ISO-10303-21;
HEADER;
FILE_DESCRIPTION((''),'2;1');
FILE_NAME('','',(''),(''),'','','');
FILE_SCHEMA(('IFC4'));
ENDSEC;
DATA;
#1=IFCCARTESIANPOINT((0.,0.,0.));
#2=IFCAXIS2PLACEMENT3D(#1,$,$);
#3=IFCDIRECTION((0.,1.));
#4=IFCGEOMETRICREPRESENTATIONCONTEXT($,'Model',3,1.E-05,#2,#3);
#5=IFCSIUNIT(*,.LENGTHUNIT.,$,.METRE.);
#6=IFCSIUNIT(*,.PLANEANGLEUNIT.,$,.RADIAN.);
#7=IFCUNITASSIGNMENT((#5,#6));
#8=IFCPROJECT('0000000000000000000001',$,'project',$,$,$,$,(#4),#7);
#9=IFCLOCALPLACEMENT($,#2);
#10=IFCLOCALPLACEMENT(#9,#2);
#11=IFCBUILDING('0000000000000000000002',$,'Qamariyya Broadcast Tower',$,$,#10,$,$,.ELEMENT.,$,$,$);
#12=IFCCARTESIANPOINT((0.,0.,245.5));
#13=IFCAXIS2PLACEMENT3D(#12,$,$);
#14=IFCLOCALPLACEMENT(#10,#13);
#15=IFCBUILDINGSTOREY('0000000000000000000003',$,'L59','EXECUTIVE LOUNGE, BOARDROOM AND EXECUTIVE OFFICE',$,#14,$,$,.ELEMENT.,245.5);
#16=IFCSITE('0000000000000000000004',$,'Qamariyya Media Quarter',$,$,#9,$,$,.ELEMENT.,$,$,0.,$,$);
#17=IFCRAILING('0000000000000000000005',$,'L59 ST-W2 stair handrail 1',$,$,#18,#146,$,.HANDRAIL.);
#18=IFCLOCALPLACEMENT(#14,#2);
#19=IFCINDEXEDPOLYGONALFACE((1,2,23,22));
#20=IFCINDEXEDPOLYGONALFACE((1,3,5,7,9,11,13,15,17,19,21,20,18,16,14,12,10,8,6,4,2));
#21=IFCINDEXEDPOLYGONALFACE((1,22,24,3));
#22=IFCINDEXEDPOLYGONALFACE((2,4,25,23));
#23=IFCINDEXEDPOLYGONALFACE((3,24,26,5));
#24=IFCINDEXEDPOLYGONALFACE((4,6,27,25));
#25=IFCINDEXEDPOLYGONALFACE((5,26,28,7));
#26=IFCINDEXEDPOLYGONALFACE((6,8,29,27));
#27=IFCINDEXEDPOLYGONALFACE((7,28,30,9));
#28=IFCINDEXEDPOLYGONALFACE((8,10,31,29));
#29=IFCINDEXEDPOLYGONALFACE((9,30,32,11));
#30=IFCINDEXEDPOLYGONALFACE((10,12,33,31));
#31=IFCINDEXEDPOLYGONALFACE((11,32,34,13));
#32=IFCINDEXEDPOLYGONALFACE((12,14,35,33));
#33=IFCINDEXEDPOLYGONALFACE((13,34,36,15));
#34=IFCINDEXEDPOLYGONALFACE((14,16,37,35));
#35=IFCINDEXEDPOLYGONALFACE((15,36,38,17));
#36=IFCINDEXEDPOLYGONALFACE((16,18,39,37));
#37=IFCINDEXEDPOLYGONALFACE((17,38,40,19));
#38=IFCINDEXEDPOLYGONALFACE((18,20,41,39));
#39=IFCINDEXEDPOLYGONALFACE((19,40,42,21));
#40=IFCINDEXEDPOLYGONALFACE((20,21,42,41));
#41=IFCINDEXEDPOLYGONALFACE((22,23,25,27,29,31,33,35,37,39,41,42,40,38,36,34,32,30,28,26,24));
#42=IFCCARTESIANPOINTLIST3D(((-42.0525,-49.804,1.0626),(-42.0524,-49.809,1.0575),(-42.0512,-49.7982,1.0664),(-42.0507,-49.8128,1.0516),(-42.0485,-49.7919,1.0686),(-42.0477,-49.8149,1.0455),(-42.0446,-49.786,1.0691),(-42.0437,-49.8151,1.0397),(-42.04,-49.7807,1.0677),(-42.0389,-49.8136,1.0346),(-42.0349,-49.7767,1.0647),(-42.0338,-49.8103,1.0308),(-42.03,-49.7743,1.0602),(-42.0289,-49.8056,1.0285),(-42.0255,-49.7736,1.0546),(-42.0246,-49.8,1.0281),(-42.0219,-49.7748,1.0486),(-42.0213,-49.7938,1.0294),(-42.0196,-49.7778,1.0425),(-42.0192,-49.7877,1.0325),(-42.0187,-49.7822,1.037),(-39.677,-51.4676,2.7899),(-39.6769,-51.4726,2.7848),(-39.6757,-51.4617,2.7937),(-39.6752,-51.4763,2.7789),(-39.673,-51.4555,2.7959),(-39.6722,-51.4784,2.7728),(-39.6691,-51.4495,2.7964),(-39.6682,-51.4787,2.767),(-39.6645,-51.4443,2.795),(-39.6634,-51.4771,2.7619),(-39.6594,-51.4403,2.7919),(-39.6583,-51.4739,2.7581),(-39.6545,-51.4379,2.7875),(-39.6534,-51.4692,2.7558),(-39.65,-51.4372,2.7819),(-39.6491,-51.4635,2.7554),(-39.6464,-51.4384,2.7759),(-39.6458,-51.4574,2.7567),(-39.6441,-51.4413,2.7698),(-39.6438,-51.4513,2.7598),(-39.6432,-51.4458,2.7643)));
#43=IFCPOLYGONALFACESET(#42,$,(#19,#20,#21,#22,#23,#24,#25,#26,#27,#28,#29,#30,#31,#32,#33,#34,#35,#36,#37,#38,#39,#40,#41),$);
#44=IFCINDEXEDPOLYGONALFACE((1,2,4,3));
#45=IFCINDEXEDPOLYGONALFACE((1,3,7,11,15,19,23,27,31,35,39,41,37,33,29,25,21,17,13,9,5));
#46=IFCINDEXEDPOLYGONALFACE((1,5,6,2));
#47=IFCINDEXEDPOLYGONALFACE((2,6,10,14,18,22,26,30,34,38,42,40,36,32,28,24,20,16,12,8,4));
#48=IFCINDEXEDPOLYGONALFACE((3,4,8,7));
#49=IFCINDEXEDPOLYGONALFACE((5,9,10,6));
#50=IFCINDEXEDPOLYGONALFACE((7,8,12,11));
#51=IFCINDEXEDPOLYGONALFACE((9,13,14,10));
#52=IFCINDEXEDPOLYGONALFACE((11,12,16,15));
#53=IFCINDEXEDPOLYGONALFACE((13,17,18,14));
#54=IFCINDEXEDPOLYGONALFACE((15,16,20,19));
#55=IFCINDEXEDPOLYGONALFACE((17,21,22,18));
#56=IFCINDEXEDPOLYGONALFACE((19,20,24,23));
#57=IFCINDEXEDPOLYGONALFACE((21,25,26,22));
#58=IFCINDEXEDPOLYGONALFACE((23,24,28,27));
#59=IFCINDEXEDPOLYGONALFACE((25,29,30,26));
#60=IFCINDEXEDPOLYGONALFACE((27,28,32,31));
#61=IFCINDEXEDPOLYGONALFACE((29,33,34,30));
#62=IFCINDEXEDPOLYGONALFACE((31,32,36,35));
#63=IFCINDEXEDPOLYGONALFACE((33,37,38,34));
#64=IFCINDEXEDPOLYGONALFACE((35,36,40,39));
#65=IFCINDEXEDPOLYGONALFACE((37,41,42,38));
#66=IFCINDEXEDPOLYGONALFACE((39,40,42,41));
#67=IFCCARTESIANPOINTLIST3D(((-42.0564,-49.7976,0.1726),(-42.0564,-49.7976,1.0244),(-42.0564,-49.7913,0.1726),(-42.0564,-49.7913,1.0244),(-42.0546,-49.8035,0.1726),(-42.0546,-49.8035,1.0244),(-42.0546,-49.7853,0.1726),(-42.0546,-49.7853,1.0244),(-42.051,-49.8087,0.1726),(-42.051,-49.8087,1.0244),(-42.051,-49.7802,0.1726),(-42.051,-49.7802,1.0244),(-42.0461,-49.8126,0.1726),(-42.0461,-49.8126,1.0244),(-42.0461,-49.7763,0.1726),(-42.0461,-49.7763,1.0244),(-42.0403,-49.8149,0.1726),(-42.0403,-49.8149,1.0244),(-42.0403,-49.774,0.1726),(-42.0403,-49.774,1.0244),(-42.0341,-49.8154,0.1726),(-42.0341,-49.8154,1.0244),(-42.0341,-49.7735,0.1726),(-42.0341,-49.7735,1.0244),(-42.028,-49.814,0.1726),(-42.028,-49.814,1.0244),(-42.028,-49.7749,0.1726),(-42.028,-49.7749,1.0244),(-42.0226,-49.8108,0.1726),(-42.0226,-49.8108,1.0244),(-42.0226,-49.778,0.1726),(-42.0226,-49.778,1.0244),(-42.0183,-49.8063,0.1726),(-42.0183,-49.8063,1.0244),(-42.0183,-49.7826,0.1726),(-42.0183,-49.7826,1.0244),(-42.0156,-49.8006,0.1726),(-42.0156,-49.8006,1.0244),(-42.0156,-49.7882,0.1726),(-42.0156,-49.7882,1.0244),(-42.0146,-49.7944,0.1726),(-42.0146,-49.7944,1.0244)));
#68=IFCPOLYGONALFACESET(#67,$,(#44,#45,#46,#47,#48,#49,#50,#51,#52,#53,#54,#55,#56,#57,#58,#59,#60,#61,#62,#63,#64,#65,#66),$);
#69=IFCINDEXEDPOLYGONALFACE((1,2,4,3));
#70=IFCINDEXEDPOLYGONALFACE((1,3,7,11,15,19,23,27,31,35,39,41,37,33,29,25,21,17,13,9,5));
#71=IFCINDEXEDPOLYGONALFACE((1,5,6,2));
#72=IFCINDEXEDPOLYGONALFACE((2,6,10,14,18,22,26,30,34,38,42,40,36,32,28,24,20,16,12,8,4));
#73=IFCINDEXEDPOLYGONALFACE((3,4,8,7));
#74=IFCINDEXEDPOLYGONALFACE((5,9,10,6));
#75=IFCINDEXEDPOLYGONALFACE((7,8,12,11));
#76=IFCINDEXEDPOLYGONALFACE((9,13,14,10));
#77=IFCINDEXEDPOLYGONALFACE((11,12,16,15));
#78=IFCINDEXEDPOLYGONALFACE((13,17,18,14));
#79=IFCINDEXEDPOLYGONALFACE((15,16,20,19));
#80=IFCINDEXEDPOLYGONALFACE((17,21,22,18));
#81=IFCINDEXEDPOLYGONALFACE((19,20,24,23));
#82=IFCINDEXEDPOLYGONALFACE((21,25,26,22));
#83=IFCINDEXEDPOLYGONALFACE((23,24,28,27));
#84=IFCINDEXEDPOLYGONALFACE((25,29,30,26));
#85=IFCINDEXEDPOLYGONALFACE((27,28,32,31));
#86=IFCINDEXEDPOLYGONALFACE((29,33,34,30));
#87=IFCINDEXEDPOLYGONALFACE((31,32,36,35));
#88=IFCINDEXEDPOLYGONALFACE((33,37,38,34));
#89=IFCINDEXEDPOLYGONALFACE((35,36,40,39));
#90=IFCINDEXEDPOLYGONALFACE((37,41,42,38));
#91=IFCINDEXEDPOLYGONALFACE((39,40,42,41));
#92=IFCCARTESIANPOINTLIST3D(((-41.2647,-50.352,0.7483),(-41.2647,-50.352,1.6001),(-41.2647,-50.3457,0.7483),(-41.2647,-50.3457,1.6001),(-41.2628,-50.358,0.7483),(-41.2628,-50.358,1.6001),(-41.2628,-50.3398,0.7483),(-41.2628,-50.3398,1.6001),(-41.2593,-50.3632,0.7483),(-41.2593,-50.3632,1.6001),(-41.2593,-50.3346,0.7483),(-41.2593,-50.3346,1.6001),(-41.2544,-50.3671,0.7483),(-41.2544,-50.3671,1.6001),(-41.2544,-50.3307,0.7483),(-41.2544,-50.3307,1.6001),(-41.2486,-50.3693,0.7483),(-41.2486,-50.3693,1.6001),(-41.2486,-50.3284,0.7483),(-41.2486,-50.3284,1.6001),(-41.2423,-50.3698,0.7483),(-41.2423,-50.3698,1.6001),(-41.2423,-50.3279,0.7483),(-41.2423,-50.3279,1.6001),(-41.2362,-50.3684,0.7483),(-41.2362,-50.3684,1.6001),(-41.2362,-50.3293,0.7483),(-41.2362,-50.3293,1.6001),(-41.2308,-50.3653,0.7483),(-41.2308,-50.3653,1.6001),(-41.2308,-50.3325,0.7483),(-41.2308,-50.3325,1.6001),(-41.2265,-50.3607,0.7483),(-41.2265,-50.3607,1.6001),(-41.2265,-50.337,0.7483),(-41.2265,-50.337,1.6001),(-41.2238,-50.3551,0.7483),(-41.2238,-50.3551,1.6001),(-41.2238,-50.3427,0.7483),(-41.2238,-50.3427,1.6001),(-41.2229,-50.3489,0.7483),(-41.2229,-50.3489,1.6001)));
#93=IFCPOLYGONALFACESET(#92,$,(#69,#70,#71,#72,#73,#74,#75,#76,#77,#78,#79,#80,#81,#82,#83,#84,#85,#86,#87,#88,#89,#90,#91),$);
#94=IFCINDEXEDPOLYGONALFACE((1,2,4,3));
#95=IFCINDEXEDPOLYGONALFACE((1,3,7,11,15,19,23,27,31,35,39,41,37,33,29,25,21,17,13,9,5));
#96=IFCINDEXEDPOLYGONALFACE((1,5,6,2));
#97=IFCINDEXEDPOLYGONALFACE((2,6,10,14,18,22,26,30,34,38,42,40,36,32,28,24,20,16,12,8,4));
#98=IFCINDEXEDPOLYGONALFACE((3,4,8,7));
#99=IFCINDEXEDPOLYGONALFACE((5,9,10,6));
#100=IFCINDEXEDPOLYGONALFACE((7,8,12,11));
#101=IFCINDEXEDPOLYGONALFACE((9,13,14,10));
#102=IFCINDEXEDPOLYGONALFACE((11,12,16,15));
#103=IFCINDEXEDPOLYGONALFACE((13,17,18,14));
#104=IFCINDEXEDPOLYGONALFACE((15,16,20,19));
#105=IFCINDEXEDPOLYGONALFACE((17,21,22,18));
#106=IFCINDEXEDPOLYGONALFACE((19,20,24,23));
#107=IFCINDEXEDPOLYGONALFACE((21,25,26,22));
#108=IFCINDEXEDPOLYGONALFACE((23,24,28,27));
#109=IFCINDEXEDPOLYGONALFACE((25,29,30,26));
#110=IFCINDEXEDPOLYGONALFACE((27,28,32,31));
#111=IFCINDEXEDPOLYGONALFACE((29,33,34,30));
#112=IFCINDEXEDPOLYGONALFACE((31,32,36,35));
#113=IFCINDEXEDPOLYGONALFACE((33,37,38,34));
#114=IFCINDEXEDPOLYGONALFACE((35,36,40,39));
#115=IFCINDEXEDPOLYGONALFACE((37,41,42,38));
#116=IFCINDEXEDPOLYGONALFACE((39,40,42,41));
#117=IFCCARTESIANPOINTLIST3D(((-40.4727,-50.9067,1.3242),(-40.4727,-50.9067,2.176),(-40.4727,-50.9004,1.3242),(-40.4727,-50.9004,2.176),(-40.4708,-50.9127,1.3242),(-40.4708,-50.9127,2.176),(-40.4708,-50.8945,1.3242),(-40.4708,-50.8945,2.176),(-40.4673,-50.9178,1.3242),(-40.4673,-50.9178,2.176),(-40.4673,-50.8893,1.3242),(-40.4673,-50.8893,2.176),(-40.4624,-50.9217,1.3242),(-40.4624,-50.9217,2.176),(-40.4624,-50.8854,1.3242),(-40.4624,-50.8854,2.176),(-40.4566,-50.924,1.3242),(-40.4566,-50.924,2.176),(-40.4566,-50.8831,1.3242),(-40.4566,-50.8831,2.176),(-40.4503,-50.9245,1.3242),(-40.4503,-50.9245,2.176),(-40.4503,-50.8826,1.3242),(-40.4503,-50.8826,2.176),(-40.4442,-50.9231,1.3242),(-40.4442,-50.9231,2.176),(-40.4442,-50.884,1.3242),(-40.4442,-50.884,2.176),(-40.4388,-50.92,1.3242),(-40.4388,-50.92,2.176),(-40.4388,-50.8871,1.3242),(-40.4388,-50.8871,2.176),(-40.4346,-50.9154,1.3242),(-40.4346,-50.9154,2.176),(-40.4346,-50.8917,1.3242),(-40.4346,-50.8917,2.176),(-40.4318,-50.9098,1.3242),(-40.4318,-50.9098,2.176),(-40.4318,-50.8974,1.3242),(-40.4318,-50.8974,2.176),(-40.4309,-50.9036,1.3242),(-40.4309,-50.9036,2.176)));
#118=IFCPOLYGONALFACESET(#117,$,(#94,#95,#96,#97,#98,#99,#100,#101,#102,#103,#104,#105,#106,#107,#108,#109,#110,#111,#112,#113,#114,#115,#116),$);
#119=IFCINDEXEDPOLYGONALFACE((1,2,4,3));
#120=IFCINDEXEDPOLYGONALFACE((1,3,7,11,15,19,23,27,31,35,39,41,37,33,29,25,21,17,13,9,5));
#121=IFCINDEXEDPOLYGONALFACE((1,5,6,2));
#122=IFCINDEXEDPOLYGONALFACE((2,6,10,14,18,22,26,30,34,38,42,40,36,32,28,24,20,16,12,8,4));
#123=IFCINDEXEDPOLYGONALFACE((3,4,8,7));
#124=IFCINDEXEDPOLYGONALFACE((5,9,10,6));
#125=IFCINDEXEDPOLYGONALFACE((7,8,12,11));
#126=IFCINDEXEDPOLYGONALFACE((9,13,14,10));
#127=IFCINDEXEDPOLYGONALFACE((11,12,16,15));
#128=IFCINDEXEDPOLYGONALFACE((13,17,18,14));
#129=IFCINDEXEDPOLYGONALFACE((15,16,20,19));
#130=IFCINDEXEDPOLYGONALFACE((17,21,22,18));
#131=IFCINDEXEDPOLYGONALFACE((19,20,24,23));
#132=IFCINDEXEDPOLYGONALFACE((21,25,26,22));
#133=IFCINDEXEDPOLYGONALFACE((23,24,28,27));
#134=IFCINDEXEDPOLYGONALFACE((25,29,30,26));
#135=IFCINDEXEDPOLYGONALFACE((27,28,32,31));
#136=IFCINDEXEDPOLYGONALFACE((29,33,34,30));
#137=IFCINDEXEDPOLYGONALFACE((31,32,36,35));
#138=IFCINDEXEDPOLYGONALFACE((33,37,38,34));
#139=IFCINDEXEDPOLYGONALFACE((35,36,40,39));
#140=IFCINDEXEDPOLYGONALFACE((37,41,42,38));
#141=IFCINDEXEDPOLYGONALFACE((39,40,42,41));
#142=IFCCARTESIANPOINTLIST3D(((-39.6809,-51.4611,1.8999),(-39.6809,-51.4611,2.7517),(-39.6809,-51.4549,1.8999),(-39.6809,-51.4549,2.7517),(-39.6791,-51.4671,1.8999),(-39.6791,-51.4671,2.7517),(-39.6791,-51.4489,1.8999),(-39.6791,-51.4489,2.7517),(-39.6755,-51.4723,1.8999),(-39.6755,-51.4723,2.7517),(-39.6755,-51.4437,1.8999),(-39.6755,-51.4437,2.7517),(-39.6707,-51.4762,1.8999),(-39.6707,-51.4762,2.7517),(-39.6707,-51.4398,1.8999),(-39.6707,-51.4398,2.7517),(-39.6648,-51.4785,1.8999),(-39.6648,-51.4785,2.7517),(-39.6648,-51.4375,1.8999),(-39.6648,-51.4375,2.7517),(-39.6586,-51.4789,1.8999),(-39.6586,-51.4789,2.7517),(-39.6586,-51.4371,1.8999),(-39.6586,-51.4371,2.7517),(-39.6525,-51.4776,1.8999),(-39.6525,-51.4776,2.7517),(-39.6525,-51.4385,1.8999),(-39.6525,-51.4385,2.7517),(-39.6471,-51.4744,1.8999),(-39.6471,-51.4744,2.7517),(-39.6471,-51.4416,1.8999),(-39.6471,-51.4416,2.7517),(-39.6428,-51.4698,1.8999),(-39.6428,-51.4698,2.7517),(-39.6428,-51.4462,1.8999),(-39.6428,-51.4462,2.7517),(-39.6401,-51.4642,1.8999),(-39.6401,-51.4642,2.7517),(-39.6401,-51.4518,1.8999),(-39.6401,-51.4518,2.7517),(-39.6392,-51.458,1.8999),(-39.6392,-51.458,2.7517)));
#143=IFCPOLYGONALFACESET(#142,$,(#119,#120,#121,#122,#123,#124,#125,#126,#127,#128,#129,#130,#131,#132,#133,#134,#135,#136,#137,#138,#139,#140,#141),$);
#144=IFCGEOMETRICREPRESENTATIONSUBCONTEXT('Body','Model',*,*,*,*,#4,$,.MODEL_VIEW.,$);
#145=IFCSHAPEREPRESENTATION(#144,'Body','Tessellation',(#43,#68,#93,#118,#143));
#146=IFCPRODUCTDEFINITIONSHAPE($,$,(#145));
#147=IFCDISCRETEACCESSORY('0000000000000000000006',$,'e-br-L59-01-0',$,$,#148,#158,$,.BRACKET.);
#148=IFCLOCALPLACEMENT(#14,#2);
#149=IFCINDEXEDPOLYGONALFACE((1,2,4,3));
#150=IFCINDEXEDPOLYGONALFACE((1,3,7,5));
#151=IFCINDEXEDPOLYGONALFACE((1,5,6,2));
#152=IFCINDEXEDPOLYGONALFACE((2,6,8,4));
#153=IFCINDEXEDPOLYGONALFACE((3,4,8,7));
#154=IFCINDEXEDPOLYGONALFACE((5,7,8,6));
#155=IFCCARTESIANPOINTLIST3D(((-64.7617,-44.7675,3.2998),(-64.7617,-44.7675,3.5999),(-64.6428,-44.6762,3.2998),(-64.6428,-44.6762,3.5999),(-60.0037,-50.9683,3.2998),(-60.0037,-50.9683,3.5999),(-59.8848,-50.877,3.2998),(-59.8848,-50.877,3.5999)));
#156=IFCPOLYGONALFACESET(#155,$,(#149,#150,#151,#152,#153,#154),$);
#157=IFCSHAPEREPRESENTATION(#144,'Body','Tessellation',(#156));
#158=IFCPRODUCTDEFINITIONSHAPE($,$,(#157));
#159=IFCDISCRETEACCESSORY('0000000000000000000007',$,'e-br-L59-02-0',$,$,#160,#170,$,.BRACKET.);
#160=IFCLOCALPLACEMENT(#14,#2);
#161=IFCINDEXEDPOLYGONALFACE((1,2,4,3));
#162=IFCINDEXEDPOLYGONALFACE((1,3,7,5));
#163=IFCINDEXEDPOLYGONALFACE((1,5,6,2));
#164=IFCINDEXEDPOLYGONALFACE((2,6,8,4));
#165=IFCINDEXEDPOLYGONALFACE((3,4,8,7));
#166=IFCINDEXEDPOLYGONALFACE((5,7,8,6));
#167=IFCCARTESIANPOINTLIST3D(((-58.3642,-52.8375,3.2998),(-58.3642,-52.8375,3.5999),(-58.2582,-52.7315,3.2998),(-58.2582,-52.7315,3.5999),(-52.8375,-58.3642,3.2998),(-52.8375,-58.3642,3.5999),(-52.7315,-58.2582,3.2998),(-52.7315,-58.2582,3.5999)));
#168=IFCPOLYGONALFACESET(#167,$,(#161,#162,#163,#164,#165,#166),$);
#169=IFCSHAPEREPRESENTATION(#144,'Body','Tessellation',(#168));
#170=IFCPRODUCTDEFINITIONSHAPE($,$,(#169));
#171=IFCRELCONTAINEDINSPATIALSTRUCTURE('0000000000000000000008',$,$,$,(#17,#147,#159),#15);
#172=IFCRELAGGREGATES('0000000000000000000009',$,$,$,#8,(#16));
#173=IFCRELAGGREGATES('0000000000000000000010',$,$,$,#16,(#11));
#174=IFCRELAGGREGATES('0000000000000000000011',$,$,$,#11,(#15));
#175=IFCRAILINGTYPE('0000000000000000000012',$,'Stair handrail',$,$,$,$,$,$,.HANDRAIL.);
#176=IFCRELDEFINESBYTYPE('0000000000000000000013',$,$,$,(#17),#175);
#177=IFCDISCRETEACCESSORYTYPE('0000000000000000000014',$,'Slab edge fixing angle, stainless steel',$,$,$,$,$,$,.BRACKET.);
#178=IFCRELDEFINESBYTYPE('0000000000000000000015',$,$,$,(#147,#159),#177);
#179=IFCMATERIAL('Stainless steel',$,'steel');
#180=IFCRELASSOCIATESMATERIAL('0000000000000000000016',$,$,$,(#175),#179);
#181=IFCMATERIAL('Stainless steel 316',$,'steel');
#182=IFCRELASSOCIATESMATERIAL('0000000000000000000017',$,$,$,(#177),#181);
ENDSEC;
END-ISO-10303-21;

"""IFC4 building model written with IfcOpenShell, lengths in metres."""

from ifc_helpers import new_model, si_unit, direction, frame, origin, origin_2d, place, context, subcontext, project, spatial, rectangle, circle, extrude, material, type_object, element, save


model = new_model("IFC4")

# Units and contexts
model_context = context("Model", 3, precision=1e-05, world=origin(), true_north=direction((0.0, 1.0)))
body_context = subcontext(model_context, "Body", "Model", "MODEL_VIEW")
ifc_project = project(units=[si_unit("LENGTHUNIT", "METRE"), si_unit("PLANEANGLEUNIT", "RADIAN")], contexts=[model_context])

# Site, building, storey
site_placement = place(None, origin())
site = spatial("IfcSite", under=ifc_project, at=site_placement, Name="Qamariyya Media Quarter", CompositionType="ELEMENT", RefElevation=0.0)
building_placement = place(site_placement, origin())
building = spatial("IfcBuilding", under=site, at=building_placement, Name="Qamariyya Broadcast Tower", CompositionType="ELEMENT")
storey_placement = place(building_placement, frame((0.0, 0.0, 245.5)))
storey = spatial("IfcBuildingStorey", under=building, at=storey_placement, Name="L59", Description="EXECUTIVE LOUNGE, BOARDROOM AND EXECUTIVE OFFICE", CompositionType="ELEMENT", Elevation=245.5)

# Railing
ifc_material_1 = material(Name="Stainless steel", Category="steel")
railing_type_1 = type_object("IfcRailingType", Name="Stair handrail", PredefinedType="HANDRAIL", material=ifc_material_1)
railing_1_placement = place(storey_placement, frame((-42.0356, -49.7944, 0.1726)))
element("IfcRailing", 1, at=railing_1_placement, inside=storey, type_object=railing_type_1, Name="L59 ST-W2 stair handrail 1", PredefinedType="HANDRAIL", context=body_context, shape_type="SweptSolid", body=[
    extrude(circle(Radius=0.0239, at=origin_2d()), frame((0.0, 0.0, 0.876), z_axis=(0.703745, -0.492838, 0.511716), x_axis=(0.573632, 0.819113, 0.0)), (0.0, 0.0, 1.0), 3.3755),
    extrude(circle(Radius=0.021, at=origin_2d()), origin(), (0.0, 0.0, 1.0), 0.8518),
    extrude(circle(Radius=0.021, at=origin_2d()), frame((0.7917, -0.5544, 0.5757)), (0.0, 0.0, 1.0), 0.8518),
    extrude(circle(Radius=0.021, at=origin_2d()), frame((1.5837, -1.1091, 1.1516)), (0.0, 0.0, 1.0), 0.8518),
    extrude(circle(Radius=0.021, at=origin_2d()), frame((2.3755, -1.6636, 1.7273)), (0.0, 0.0, 1.0), 0.8518),
])

# Discrete accessories
ifc_material_2 = material(Name="Stainless steel 316", Category="steel")
discrete_accessory_type = type_object("IfcDiscreteAccessoryType", Name="Slab edge fixing angle, stainless steel", PredefinedType="BRACKET", material=ifc_material_2)
for number, where, z_axis, x_axis, name in (
    (2, (-62.3232, -47.8223, 3.2998), (0.0, 0.0, 1.0), (0.608761, -0.793353, 0.0), "e-br-L59-01-0"),
    (3, (-55.5479, -55.5479, 3.2998), (0.0, 0.0, 1.0), (0.707107, -0.707107, 0.0), "e-br-L59-02-0"),
):
    element("IfcDiscreteAccessory", number, at=place(storey_placement, frame(where, z_axis=z_axis, x_axis=x_axis)), inside=storey, type_object=discrete_accessory_type, Name=name, PredefinedType="BRACKET", context=body_context, shape_type="SweptSolid", body=[
        extrude(rectangle(XDim=7.8159, YDim=0.1499, at=origin_2d()), origin(), (0.0, 0.0, 1.0), 0.3),
    ])

save(model, "model.ifc")
